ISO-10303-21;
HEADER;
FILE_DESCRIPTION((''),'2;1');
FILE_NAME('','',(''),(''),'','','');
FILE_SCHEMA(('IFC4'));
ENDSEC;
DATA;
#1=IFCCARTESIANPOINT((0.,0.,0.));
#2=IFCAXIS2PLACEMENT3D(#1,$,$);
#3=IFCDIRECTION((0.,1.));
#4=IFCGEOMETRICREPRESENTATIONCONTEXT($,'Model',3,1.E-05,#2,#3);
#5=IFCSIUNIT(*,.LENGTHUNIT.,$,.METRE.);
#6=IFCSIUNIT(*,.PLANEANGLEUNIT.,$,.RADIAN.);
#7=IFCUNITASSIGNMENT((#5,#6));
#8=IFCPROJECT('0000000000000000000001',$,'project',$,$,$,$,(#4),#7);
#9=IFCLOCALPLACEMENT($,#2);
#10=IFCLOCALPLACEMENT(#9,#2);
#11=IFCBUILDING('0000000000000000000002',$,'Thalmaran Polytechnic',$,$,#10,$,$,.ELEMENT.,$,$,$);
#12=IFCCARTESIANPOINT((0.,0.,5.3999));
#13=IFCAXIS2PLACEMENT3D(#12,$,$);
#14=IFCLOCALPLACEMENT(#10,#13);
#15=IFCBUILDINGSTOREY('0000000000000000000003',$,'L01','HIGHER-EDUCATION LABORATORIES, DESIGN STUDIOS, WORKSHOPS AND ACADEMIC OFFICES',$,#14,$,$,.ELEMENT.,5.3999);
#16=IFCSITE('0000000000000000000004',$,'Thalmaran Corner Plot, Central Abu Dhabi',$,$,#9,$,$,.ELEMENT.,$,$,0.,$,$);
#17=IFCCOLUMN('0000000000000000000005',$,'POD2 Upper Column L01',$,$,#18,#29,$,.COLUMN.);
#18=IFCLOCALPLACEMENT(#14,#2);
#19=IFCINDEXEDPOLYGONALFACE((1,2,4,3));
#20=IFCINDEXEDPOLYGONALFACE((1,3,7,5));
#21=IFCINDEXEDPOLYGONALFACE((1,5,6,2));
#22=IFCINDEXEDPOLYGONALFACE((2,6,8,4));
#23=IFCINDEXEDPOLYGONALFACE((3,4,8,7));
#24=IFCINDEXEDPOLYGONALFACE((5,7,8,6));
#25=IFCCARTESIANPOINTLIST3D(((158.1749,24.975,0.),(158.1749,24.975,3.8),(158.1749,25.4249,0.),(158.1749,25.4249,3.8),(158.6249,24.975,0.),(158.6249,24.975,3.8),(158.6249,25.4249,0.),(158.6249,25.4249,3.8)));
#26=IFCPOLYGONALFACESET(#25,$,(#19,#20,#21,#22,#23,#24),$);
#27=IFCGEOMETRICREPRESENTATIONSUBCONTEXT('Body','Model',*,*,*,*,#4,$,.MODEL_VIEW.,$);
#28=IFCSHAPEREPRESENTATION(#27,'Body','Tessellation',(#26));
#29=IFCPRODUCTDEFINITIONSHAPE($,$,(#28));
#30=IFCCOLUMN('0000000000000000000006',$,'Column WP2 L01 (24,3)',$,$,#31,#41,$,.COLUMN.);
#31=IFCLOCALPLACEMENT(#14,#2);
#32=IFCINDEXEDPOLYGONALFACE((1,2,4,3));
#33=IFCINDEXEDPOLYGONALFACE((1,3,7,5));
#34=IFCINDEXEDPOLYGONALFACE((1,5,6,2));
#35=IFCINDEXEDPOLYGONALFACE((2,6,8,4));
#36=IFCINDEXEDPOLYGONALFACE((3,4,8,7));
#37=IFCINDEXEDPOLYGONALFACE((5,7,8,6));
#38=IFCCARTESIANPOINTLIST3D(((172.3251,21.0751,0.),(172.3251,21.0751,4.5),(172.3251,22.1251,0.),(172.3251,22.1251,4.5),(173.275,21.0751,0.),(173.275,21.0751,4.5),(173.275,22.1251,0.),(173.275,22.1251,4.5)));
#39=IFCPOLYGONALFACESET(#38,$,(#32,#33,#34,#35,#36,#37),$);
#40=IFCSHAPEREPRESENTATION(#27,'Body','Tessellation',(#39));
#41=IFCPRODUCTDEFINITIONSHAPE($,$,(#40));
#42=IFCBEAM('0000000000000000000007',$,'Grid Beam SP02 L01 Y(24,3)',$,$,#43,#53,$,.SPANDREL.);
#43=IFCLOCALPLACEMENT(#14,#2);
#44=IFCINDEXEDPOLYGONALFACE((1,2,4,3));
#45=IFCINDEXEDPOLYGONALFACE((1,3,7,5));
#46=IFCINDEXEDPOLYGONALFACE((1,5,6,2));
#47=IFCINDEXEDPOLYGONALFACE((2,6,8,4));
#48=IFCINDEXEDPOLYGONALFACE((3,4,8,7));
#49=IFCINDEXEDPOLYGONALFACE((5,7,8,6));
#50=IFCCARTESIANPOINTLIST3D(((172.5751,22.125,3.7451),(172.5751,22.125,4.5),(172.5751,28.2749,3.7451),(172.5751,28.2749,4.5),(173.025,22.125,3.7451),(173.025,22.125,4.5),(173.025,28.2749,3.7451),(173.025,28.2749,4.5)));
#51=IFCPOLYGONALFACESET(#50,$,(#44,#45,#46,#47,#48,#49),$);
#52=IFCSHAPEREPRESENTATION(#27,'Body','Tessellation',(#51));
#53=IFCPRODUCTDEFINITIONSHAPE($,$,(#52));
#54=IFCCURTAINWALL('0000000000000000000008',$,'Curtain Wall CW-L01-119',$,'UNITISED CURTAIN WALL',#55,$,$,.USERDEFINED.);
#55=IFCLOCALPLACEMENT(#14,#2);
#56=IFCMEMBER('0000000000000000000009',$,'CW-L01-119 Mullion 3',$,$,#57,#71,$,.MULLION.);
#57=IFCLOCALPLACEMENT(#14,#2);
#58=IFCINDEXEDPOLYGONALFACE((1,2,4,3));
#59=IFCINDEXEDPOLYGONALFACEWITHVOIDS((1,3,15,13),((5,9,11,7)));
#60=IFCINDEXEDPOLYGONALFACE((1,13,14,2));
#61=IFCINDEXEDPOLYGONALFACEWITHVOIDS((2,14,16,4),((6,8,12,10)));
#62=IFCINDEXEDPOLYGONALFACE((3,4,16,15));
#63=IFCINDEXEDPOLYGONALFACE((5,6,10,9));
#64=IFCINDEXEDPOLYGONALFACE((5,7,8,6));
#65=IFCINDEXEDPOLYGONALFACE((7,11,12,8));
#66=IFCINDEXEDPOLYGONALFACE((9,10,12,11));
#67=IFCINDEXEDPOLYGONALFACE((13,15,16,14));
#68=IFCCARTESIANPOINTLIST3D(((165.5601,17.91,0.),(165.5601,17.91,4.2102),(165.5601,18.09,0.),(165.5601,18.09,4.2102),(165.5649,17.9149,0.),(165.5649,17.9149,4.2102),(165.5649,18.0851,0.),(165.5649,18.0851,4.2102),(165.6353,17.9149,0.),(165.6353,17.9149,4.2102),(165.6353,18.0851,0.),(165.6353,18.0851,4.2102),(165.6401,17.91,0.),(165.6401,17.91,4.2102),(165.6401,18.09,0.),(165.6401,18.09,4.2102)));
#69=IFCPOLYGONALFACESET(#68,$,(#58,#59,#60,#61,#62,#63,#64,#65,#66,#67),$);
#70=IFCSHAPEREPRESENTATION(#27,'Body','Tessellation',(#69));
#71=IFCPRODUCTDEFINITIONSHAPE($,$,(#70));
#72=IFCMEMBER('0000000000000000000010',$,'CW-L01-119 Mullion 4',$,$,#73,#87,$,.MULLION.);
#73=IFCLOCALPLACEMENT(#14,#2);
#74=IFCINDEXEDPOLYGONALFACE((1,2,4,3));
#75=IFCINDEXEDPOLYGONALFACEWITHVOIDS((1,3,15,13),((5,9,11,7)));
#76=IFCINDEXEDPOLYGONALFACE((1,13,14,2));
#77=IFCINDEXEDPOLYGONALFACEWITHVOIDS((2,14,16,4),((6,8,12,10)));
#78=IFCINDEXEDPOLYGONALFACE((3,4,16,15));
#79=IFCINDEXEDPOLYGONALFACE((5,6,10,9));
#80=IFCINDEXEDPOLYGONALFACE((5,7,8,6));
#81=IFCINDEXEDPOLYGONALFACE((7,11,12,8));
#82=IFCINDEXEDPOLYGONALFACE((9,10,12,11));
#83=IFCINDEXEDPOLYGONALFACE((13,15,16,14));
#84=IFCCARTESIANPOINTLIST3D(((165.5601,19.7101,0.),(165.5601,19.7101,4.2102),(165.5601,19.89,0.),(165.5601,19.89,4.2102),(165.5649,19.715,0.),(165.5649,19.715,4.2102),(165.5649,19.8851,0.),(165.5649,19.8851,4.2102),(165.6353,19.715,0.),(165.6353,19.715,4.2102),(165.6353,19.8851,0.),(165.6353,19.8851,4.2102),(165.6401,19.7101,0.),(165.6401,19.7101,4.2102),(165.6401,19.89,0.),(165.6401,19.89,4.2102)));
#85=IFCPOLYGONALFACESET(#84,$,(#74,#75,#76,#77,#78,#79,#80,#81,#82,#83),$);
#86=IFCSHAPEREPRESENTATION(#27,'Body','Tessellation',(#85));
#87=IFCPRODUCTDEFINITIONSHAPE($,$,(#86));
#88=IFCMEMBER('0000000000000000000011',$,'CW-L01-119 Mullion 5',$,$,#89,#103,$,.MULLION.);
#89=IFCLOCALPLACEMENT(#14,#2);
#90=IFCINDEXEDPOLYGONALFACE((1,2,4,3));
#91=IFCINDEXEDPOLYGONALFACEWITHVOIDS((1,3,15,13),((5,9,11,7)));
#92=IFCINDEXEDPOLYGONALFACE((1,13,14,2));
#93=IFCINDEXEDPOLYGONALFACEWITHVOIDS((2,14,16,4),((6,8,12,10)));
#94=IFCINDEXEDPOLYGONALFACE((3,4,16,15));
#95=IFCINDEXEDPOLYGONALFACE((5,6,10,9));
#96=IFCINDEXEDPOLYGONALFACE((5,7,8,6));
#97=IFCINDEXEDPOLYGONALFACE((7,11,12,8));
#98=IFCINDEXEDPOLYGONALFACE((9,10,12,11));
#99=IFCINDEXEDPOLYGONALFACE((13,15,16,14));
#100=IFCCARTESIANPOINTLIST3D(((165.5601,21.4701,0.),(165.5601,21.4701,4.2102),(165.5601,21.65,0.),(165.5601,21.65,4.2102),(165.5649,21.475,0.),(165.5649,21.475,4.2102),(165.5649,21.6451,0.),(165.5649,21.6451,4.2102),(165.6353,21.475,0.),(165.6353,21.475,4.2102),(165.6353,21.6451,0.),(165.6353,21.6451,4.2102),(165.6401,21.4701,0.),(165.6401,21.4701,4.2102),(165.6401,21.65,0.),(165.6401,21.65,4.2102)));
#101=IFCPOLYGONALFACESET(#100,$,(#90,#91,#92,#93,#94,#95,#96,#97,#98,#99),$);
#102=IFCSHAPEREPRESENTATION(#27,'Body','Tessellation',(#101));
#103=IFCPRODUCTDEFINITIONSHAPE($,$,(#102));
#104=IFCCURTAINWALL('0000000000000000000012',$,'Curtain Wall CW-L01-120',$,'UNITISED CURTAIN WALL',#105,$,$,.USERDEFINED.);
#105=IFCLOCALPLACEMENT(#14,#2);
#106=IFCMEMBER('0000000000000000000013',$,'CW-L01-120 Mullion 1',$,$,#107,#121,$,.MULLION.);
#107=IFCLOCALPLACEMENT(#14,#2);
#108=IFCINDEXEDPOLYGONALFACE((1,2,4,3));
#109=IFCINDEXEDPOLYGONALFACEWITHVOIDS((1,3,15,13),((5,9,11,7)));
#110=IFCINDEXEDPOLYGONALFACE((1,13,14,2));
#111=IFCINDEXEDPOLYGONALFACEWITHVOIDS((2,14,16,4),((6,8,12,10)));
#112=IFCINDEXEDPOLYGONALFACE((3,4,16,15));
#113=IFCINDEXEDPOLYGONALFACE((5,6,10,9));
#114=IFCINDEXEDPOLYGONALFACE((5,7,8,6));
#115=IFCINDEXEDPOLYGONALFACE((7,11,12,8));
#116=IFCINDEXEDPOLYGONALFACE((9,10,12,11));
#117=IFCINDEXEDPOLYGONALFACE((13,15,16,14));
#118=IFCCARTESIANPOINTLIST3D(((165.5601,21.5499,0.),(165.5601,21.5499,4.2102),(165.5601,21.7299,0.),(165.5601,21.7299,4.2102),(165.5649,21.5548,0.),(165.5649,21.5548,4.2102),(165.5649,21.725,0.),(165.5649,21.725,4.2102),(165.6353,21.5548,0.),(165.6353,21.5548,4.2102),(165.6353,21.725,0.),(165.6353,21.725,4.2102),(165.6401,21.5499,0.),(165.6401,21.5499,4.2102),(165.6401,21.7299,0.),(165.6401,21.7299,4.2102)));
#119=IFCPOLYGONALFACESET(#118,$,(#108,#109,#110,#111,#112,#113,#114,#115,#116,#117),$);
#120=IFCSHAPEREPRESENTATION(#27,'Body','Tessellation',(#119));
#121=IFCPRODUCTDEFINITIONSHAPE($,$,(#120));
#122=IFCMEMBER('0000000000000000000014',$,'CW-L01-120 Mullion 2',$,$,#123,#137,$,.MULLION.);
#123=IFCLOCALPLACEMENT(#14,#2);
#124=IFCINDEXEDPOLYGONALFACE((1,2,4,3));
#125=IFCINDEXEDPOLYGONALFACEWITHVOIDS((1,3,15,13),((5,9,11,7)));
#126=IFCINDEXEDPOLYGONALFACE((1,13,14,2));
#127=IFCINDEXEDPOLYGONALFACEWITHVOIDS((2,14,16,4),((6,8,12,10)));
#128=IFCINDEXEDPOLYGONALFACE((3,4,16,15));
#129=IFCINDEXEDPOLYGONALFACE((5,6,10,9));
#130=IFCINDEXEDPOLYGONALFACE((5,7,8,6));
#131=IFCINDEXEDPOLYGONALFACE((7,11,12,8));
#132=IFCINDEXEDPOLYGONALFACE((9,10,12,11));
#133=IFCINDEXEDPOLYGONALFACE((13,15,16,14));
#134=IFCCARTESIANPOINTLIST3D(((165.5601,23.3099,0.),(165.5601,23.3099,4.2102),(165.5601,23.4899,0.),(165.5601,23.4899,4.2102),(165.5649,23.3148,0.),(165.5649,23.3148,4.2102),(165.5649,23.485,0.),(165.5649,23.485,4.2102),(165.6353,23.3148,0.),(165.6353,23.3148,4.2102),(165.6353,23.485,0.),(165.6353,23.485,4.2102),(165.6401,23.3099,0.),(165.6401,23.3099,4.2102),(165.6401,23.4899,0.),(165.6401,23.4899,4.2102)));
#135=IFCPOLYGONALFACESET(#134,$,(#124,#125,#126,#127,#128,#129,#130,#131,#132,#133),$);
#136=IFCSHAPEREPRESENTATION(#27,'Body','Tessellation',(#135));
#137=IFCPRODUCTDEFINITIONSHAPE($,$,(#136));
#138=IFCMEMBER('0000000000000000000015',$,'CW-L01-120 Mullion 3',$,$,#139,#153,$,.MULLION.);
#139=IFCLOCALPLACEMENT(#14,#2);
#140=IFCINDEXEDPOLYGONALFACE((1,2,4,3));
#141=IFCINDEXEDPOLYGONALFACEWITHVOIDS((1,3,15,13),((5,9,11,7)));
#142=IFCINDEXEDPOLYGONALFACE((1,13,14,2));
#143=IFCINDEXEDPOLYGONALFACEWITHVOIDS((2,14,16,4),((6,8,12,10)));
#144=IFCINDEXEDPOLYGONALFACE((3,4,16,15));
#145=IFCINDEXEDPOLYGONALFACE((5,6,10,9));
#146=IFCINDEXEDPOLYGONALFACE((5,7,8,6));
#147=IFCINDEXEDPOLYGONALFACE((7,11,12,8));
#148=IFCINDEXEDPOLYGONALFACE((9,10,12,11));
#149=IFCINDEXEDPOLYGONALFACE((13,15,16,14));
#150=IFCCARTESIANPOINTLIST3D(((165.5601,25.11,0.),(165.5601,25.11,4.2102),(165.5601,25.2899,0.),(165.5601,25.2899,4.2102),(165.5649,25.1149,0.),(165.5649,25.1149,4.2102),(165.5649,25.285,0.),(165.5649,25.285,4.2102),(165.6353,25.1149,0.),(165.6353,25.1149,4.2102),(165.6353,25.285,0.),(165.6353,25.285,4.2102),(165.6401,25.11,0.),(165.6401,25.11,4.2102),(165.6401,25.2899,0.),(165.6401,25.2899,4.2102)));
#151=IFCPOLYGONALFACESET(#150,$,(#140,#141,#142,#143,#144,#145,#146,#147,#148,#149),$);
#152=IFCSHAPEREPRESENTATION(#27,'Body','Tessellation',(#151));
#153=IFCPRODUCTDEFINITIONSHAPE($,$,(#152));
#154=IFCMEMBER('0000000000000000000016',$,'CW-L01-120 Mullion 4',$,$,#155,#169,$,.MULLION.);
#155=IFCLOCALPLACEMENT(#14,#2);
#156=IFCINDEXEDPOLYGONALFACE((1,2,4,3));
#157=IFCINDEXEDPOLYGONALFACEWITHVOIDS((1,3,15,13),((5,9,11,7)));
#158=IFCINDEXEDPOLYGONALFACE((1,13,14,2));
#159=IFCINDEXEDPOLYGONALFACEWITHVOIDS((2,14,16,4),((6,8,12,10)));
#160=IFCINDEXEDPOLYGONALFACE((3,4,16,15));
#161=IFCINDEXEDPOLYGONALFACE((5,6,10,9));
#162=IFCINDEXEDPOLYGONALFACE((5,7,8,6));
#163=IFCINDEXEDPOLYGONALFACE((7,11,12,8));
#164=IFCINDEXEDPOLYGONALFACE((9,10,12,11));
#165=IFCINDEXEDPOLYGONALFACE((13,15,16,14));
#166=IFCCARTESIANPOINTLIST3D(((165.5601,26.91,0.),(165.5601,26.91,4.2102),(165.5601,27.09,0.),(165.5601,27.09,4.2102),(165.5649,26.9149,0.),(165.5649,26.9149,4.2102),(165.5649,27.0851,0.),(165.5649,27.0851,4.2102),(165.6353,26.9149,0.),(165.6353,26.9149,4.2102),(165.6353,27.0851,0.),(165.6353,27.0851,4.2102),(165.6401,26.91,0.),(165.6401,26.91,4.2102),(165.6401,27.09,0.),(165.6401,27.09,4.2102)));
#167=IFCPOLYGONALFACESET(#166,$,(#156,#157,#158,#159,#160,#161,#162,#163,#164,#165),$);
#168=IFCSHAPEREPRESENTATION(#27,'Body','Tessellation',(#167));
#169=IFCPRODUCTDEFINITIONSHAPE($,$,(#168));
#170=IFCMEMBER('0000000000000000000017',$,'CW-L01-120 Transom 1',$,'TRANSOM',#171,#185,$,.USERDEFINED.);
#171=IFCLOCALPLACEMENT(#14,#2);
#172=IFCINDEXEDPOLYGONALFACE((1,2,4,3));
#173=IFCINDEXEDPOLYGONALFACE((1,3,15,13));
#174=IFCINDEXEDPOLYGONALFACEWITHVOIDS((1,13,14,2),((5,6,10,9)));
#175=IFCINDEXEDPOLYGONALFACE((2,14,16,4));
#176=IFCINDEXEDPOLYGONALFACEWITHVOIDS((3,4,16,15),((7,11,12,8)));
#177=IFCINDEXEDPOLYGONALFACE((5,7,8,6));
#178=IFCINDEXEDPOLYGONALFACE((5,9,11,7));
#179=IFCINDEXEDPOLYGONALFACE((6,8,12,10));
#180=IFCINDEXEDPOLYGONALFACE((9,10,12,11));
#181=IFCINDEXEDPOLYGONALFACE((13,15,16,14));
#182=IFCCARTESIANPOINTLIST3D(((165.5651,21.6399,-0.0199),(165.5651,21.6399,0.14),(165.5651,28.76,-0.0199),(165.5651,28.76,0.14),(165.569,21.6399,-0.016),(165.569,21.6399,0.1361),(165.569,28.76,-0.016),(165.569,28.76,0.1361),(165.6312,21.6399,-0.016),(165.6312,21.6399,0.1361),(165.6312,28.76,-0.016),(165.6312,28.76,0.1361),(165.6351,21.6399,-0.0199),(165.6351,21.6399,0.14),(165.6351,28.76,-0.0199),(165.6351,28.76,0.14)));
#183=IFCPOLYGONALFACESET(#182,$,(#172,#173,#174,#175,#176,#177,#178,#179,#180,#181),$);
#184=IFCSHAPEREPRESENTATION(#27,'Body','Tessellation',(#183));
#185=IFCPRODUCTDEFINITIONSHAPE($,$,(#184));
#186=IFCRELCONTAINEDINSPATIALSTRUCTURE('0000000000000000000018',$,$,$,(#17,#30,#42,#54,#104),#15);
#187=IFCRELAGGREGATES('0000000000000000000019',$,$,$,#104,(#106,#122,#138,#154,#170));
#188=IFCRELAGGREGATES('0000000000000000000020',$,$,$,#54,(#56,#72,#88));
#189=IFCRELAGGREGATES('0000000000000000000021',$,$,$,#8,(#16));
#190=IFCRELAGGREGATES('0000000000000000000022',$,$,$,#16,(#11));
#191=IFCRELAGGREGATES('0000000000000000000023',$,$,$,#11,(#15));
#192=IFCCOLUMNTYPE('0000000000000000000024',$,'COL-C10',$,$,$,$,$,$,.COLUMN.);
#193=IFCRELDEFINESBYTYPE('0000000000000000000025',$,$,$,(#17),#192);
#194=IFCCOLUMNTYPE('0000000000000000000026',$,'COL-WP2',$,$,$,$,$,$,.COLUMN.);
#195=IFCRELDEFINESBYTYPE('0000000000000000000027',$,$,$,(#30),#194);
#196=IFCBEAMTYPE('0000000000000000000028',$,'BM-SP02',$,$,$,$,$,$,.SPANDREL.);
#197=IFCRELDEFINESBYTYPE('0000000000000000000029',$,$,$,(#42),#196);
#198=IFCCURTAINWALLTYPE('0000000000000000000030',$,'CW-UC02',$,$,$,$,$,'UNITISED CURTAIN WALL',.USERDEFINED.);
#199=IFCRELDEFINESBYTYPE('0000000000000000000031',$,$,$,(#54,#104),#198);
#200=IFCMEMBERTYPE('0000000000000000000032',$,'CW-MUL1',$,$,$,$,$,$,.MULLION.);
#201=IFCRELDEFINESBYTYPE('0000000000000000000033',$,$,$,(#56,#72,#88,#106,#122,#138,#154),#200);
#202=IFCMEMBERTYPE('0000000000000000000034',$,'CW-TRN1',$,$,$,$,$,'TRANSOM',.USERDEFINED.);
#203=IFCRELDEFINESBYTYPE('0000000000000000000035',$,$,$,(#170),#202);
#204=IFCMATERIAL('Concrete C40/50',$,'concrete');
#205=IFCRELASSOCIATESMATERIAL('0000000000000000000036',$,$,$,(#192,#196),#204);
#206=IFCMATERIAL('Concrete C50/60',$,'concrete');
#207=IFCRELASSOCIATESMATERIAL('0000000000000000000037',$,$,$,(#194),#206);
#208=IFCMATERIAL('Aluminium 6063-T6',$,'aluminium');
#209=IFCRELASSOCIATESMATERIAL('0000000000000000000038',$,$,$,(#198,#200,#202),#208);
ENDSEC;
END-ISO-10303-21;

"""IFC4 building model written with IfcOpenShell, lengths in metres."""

from ifc_helpers import new_model, si_unit, direction, frame, origin, origin_2d, place, context, subcontext, project, spatial, rectangle, hollow_rectangle, extrude, material, material_profile, profile_set, type_object, element, aggregate, save


model = new_model("IFC4")

# Units and contexts
model_context = context("Model", 3, precision=1e-05, world=origin(), true_north=direction((0.0, 1.0)))
body_context = subcontext(model_context, "Body", "Model", "MODEL_VIEW")
ifc_project = project(units=[si_unit("LENGTHUNIT", "METRE"), si_unit("PLANEANGLEUNIT", "RADIAN")], contexts=[model_context])

# Site, building, storey
site_placement = place(None, origin())
site = spatial("IfcSite", under=ifc_project, at=site_placement, Name="Thalmaran Corner Plot, Central Abu Dhabi", CompositionType="ELEMENT", RefElevation=0.0)
building_placement = place(site_placement, origin())
building = spatial("IfcBuilding", under=site, at=building_placement, Name="Thalmaran Polytechnic", CompositionType="ELEMENT")
storey_placement = place(building_placement, frame((0.0, 0.0, 5.3999)))
storey = spatial("IfcBuildingStorey", under=building, at=storey_placement, Name="L01", Description="HIGHER-EDUCATION LABORATORIES, DESIGN STUDIOS, WORKSHOPS AND ACADEMIC OFFICES", CompositionType="ELEMENT", Elevation=5.3999)

# Columns
ifc_material_1 = material(Name="Concrete C40/50", Category="concrete")
ifc_material_profile_1 = material_profile(ifc_material_1, rectangle(XDim=0.45, YDim=0.45, at=origin_2d()), Name="RC 450x450")
ifc_profile_set_1 = profile_set([ifc_material_profile_1], Name="Concrete C40/50")
column_type_1 = type_object("IfcColumnType", Name="COL-C10", PredefinedType="COLUMN", material=ifc_profile_set_1)
column_1_placement = place(storey_placement, frame((158.3999, 25.2, 0.0), z_axis=(0.0, 0.0, 1.0), x_axis=(1.0, 0.0, 0.0)))
element("IfcColumn", 1, at=column_1_placement, inside=storey, type_object=column_type_1, Name="POD2 Upper Column L01", PredefinedType="COLUMN", context=body_context, shape_type="SweptSolid", body=[
    extrude(rectangle(XDim=0.45, YDim=0.45, at=origin_2d()), origin(), (0.0, 0.0, 1.0), 3.8),
])
ifc_material_2 = material(Name="Concrete C50/60", Category="concrete")
ifc_material_profile_2 = material_profile(ifc_material_2, rectangle(XDim=0.95, YDim=1.05, at=origin_2d()), Name="RC 950x1050")
ifc_profile_set_2 = profile_set([ifc_material_profile_2], Name="Concrete C50/60")
column_type_2 = type_object("IfcColumnType", Name="COL-WP2", PredefinedType="COLUMN", material=ifc_profile_set_2)
column_2_placement = place(storey_placement, frame((172.8, 21.6001, 0.0), z_axis=(0.0, 0.0, 1.0), x_axis=(1.0, 0.0, 0.0)))
element("IfcColumn", 2, at=column_2_placement, inside=storey, type_object=column_type_2, Name="Column WP2 L01 (24,3)", PredefinedType="COLUMN", context=body_context, shape_type="SweptSolid", body=[
    extrude(rectangle(XDim=0.95, YDim=1.05, at=origin_2d()), origin(), (0.0, 0.0, 1.0), 4.5),
])

# Beam
ifc_material_profile_3 = material_profile(ifc_material_1, rectangle(XDim=0.45, YDim=0.7549, at=origin_2d()), Name="RC 450x755")
ifc_profile_set_3 = profile_set([ifc_material_profile_3], Name="Concrete C40/50")
beam_type = type_object("IfcBeamType", Name="BM-SP02", PredefinedType="SPANDREL", material=ifc_profile_set_3)
beam_placement = place(storey_placement, frame((172.8, 22.125, 4.1226), z_axis=(0.0, 1.0, 0.0), x_axis=(-1.0, 0.0, 0.0)))
element("IfcBeam", 3, at=beam_placement, inside=storey, type_object=beam_type, Name="Grid Beam SP02 L01 Y(24,3)", PredefinedType="SPANDREL", context=body_context, shape_type="SweptSolid", body=[
    extrude(rectangle(XDim=0.45, YDim=0.7549, at=origin_2d()), origin(), (0.0, 0.0, 1.0), 6.1499),
])

# Curtain walls, members
ifc_material_3 = material(Name="Aluminium 6063-T6", Category="aluminium")
curtain_wall_type = type_object("IfcCurtainWallType", Name="CW-UC02", ElementType="UNITISED CURTAIN WALL", PredefinedType="USERDEFINED", material=ifc_material_3)
curtain_wall_1_placement = place(storey_placement, origin())
curtain_wall_1 = element("IfcCurtainWall", 4, at=curtain_wall_1_placement, inside=storey, type_object=curtain_wall_type, Name="Curtain Wall CW-L01-119", ObjectType="UNITISED CURTAIN WALL", PredefinedType="USERDEFINED")
ifc_material_profile_4 = material_profile(ifc_material_3, hollow_rectangle(XDim=0.0801, YDim=0.1799, WallThickness=0.0049, at=origin_2d()), Name="RHS 180x80x5.0")
ifc_profile_set_4 = profile_set([ifc_material_profile_4], Name="Aluminium 6063-T6")
member_type_1 = type_object("IfcMemberType", Name="CW-MUL1", PredefinedType="MULLION", material=ifc_profile_set_4)
member_1_placement = place(storey_placement, frame((165.6001, 18.0, 0.0), z_axis=(0.0, 0.0, 1.0), x_axis=(1.0, 0.0, 0.0)))
member_1 = element("IfcMember", 5, at=member_1_placement, type_object=member_type_1, Name="CW-L01-119 Mullion 3", PredefinedType="MULLION", context=body_context, shape_type="SweptSolid", body=[
    extrude(hollow_rectangle(XDim=0.0801, YDim=0.1799, WallThickness=0.0049, at=origin_2d()), origin(), (0.0, 0.0, 1.0), 4.2102),
])
member_2_placement = place(storey_placement, frame((165.6001, 19.8, 0.0), z_axis=(0.0, 0.0, 1.0), x_axis=(1.0, 0.0, 0.0)))
member_2 = element("IfcMember", 6, at=member_2_placement, type_object=member_type_1, Name="CW-L01-119 Mullion 4", PredefinedType="MULLION", context=body_context, shape_type="SweptSolid", body=[
    extrude(hollow_rectangle(XDim=0.0801, YDim=0.1799, WallThickness=0.0049, at=origin_2d()), origin(), (0.0, 0.0, 1.0), 4.2102),
])
member_3_placement = place(storey_placement, frame((165.6001, 21.5601, 0.0), z_axis=(0.0, 0.0, 1.0), x_axis=(1.0, 0.0, 0.0)))
member_3 = element("IfcMember", 7, at=member_3_placement, type_object=member_type_1, Name="CW-L01-119 Mullion 5", PredefinedType="MULLION", context=body_context, shape_type="SweptSolid", body=[
    extrude(hollow_rectangle(XDim=0.0801, YDim=0.1799, WallThickness=0.0049, at=origin_2d()), origin(), (0.0, 0.0, 1.0), 4.2102),
])
curtain_wall_2_placement = place(storey_placement, origin())
curtain_wall_2 = element("IfcCurtainWall", 8, at=curtain_wall_2_placement, inside=storey, type_object=curtain_wall_type, Name="Curtain Wall CW-L01-120", ObjectType="UNITISED CURTAIN WALL", PredefinedType="USERDEFINED")
member_4_placement = place(storey_placement, frame((165.6001, 21.6399, 0.0), z_axis=(0.0, 0.0, 1.0), x_axis=(1.0, 0.0, 0.0)))
member_4 = element("IfcMember", 9, at=member_4_placement, type_object=member_type_1, Name="CW-L01-120 Mullion 1", PredefinedType="MULLION", context=body_context, shape_type="SweptSolid", body=[
    extrude(hollow_rectangle(XDim=0.0801, YDim=0.1799, WallThickness=0.0049, at=origin_2d()), origin(), (0.0, 0.0, 1.0), 4.2102),
])
member_5_placement = place(storey_placement, frame((165.6001, 23.3999, 0.0), z_axis=(0.0, 0.0, 1.0), x_axis=(1.0, 0.0, 0.0)))
member_5 = element("IfcMember", 10, at=member_5_placement, type_object=member_type_1, Name="CW-L01-120 Mullion 2", PredefinedType="MULLION", context=body_context, shape_type="SweptSolid", body=[
    extrude(hollow_rectangle(XDim=0.0801, YDim=0.1799, WallThickness=0.0049, at=origin_2d()), origin(), (0.0, 0.0, 1.0), 4.2102),
])
member_6_placement = place(storey_placement, frame((165.6001, 25.2, 0.0), z_axis=(0.0, 0.0, 1.0), x_axis=(1.0, 0.0, 0.0)))
member_6 = element("IfcMember", 11, at=member_6_placement, type_object=member_type_1, Name="CW-L01-120 Mullion 3", PredefinedType="MULLION", context=body_context, shape_type="SweptSolid", body=[
    extrude(hollow_rectangle(XDim=0.0801, YDim=0.1799, WallThickness=0.0049, at=origin_2d()), origin(), (0.0, 0.0, 1.0), 4.2102),
])
member_7_placement = place(storey_placement, frame((165.6001, 27.0, 0.0), z_axis=(0.0, 0.0, 1.0), x_axis=(1.0, 0.0, 0.0)))
member_7 = element("IfcMember", 12, at=member_7_placement, type_object=member_type_1, Name="CW-L01-120 Mullion 4", PredefinedType="MULLION", context=body_context, shape_type="SweptSolid", body=[
    extrude(hollow_rectangle(XDim=0.0801, YDim=0.1799, WallThickness=0.0049, at=origin_2d()), origin(), (0.0, 0.0, 1.0), 4.2102),
])
ifc_material_profile_5 = material_profile(ifc_material_3, hollow_rectangle(XDim=0.0701, YDim=0.1599, WallThickness=0.0039, at=origin_2d()), Name="AL 160x70x4.0")
ifc_profile_set_5 = profile_set([ifc_material_profile_5], Name="Aluminium 6063-T6")
member_type_2 = type_object("IfcMemberType", Name="CW-TRN1", ElementType="TRANSOM", PredefinedType="USERDEFINED", material=ifc_profile_set_5)
member_8_placement = place(storey_placement, frame((165.6001, 21.6399, 0.0601), z_axis=(0.0, 1.0, 0.0), x_axis=(-1.0, 0.0, 0.0)))
member_8 = element("IfcMember", 13, at=member_8_placement, type_object=member_type_2, Name="CW-L01-120 Transom 1", ObjectType="TRANSOM", PredefinedType="USERDEFINED", context=body_context, shape_type="SweptSolid", body=[
    extrude(hollow_rectangle(XDim=0.0701, YDim=0.1599, WallThickness=0.0039, at=origin_2d()), origin(), (0.0, 0.0, 1.0), 7.1201),
])

aggregate(curtain_wall_2, [member_4, member_5, member_6, member_7, member_8])
aggregate(curtain_wall_1, [member_1, member_2, member_3])

save(model, "model.ifc")
